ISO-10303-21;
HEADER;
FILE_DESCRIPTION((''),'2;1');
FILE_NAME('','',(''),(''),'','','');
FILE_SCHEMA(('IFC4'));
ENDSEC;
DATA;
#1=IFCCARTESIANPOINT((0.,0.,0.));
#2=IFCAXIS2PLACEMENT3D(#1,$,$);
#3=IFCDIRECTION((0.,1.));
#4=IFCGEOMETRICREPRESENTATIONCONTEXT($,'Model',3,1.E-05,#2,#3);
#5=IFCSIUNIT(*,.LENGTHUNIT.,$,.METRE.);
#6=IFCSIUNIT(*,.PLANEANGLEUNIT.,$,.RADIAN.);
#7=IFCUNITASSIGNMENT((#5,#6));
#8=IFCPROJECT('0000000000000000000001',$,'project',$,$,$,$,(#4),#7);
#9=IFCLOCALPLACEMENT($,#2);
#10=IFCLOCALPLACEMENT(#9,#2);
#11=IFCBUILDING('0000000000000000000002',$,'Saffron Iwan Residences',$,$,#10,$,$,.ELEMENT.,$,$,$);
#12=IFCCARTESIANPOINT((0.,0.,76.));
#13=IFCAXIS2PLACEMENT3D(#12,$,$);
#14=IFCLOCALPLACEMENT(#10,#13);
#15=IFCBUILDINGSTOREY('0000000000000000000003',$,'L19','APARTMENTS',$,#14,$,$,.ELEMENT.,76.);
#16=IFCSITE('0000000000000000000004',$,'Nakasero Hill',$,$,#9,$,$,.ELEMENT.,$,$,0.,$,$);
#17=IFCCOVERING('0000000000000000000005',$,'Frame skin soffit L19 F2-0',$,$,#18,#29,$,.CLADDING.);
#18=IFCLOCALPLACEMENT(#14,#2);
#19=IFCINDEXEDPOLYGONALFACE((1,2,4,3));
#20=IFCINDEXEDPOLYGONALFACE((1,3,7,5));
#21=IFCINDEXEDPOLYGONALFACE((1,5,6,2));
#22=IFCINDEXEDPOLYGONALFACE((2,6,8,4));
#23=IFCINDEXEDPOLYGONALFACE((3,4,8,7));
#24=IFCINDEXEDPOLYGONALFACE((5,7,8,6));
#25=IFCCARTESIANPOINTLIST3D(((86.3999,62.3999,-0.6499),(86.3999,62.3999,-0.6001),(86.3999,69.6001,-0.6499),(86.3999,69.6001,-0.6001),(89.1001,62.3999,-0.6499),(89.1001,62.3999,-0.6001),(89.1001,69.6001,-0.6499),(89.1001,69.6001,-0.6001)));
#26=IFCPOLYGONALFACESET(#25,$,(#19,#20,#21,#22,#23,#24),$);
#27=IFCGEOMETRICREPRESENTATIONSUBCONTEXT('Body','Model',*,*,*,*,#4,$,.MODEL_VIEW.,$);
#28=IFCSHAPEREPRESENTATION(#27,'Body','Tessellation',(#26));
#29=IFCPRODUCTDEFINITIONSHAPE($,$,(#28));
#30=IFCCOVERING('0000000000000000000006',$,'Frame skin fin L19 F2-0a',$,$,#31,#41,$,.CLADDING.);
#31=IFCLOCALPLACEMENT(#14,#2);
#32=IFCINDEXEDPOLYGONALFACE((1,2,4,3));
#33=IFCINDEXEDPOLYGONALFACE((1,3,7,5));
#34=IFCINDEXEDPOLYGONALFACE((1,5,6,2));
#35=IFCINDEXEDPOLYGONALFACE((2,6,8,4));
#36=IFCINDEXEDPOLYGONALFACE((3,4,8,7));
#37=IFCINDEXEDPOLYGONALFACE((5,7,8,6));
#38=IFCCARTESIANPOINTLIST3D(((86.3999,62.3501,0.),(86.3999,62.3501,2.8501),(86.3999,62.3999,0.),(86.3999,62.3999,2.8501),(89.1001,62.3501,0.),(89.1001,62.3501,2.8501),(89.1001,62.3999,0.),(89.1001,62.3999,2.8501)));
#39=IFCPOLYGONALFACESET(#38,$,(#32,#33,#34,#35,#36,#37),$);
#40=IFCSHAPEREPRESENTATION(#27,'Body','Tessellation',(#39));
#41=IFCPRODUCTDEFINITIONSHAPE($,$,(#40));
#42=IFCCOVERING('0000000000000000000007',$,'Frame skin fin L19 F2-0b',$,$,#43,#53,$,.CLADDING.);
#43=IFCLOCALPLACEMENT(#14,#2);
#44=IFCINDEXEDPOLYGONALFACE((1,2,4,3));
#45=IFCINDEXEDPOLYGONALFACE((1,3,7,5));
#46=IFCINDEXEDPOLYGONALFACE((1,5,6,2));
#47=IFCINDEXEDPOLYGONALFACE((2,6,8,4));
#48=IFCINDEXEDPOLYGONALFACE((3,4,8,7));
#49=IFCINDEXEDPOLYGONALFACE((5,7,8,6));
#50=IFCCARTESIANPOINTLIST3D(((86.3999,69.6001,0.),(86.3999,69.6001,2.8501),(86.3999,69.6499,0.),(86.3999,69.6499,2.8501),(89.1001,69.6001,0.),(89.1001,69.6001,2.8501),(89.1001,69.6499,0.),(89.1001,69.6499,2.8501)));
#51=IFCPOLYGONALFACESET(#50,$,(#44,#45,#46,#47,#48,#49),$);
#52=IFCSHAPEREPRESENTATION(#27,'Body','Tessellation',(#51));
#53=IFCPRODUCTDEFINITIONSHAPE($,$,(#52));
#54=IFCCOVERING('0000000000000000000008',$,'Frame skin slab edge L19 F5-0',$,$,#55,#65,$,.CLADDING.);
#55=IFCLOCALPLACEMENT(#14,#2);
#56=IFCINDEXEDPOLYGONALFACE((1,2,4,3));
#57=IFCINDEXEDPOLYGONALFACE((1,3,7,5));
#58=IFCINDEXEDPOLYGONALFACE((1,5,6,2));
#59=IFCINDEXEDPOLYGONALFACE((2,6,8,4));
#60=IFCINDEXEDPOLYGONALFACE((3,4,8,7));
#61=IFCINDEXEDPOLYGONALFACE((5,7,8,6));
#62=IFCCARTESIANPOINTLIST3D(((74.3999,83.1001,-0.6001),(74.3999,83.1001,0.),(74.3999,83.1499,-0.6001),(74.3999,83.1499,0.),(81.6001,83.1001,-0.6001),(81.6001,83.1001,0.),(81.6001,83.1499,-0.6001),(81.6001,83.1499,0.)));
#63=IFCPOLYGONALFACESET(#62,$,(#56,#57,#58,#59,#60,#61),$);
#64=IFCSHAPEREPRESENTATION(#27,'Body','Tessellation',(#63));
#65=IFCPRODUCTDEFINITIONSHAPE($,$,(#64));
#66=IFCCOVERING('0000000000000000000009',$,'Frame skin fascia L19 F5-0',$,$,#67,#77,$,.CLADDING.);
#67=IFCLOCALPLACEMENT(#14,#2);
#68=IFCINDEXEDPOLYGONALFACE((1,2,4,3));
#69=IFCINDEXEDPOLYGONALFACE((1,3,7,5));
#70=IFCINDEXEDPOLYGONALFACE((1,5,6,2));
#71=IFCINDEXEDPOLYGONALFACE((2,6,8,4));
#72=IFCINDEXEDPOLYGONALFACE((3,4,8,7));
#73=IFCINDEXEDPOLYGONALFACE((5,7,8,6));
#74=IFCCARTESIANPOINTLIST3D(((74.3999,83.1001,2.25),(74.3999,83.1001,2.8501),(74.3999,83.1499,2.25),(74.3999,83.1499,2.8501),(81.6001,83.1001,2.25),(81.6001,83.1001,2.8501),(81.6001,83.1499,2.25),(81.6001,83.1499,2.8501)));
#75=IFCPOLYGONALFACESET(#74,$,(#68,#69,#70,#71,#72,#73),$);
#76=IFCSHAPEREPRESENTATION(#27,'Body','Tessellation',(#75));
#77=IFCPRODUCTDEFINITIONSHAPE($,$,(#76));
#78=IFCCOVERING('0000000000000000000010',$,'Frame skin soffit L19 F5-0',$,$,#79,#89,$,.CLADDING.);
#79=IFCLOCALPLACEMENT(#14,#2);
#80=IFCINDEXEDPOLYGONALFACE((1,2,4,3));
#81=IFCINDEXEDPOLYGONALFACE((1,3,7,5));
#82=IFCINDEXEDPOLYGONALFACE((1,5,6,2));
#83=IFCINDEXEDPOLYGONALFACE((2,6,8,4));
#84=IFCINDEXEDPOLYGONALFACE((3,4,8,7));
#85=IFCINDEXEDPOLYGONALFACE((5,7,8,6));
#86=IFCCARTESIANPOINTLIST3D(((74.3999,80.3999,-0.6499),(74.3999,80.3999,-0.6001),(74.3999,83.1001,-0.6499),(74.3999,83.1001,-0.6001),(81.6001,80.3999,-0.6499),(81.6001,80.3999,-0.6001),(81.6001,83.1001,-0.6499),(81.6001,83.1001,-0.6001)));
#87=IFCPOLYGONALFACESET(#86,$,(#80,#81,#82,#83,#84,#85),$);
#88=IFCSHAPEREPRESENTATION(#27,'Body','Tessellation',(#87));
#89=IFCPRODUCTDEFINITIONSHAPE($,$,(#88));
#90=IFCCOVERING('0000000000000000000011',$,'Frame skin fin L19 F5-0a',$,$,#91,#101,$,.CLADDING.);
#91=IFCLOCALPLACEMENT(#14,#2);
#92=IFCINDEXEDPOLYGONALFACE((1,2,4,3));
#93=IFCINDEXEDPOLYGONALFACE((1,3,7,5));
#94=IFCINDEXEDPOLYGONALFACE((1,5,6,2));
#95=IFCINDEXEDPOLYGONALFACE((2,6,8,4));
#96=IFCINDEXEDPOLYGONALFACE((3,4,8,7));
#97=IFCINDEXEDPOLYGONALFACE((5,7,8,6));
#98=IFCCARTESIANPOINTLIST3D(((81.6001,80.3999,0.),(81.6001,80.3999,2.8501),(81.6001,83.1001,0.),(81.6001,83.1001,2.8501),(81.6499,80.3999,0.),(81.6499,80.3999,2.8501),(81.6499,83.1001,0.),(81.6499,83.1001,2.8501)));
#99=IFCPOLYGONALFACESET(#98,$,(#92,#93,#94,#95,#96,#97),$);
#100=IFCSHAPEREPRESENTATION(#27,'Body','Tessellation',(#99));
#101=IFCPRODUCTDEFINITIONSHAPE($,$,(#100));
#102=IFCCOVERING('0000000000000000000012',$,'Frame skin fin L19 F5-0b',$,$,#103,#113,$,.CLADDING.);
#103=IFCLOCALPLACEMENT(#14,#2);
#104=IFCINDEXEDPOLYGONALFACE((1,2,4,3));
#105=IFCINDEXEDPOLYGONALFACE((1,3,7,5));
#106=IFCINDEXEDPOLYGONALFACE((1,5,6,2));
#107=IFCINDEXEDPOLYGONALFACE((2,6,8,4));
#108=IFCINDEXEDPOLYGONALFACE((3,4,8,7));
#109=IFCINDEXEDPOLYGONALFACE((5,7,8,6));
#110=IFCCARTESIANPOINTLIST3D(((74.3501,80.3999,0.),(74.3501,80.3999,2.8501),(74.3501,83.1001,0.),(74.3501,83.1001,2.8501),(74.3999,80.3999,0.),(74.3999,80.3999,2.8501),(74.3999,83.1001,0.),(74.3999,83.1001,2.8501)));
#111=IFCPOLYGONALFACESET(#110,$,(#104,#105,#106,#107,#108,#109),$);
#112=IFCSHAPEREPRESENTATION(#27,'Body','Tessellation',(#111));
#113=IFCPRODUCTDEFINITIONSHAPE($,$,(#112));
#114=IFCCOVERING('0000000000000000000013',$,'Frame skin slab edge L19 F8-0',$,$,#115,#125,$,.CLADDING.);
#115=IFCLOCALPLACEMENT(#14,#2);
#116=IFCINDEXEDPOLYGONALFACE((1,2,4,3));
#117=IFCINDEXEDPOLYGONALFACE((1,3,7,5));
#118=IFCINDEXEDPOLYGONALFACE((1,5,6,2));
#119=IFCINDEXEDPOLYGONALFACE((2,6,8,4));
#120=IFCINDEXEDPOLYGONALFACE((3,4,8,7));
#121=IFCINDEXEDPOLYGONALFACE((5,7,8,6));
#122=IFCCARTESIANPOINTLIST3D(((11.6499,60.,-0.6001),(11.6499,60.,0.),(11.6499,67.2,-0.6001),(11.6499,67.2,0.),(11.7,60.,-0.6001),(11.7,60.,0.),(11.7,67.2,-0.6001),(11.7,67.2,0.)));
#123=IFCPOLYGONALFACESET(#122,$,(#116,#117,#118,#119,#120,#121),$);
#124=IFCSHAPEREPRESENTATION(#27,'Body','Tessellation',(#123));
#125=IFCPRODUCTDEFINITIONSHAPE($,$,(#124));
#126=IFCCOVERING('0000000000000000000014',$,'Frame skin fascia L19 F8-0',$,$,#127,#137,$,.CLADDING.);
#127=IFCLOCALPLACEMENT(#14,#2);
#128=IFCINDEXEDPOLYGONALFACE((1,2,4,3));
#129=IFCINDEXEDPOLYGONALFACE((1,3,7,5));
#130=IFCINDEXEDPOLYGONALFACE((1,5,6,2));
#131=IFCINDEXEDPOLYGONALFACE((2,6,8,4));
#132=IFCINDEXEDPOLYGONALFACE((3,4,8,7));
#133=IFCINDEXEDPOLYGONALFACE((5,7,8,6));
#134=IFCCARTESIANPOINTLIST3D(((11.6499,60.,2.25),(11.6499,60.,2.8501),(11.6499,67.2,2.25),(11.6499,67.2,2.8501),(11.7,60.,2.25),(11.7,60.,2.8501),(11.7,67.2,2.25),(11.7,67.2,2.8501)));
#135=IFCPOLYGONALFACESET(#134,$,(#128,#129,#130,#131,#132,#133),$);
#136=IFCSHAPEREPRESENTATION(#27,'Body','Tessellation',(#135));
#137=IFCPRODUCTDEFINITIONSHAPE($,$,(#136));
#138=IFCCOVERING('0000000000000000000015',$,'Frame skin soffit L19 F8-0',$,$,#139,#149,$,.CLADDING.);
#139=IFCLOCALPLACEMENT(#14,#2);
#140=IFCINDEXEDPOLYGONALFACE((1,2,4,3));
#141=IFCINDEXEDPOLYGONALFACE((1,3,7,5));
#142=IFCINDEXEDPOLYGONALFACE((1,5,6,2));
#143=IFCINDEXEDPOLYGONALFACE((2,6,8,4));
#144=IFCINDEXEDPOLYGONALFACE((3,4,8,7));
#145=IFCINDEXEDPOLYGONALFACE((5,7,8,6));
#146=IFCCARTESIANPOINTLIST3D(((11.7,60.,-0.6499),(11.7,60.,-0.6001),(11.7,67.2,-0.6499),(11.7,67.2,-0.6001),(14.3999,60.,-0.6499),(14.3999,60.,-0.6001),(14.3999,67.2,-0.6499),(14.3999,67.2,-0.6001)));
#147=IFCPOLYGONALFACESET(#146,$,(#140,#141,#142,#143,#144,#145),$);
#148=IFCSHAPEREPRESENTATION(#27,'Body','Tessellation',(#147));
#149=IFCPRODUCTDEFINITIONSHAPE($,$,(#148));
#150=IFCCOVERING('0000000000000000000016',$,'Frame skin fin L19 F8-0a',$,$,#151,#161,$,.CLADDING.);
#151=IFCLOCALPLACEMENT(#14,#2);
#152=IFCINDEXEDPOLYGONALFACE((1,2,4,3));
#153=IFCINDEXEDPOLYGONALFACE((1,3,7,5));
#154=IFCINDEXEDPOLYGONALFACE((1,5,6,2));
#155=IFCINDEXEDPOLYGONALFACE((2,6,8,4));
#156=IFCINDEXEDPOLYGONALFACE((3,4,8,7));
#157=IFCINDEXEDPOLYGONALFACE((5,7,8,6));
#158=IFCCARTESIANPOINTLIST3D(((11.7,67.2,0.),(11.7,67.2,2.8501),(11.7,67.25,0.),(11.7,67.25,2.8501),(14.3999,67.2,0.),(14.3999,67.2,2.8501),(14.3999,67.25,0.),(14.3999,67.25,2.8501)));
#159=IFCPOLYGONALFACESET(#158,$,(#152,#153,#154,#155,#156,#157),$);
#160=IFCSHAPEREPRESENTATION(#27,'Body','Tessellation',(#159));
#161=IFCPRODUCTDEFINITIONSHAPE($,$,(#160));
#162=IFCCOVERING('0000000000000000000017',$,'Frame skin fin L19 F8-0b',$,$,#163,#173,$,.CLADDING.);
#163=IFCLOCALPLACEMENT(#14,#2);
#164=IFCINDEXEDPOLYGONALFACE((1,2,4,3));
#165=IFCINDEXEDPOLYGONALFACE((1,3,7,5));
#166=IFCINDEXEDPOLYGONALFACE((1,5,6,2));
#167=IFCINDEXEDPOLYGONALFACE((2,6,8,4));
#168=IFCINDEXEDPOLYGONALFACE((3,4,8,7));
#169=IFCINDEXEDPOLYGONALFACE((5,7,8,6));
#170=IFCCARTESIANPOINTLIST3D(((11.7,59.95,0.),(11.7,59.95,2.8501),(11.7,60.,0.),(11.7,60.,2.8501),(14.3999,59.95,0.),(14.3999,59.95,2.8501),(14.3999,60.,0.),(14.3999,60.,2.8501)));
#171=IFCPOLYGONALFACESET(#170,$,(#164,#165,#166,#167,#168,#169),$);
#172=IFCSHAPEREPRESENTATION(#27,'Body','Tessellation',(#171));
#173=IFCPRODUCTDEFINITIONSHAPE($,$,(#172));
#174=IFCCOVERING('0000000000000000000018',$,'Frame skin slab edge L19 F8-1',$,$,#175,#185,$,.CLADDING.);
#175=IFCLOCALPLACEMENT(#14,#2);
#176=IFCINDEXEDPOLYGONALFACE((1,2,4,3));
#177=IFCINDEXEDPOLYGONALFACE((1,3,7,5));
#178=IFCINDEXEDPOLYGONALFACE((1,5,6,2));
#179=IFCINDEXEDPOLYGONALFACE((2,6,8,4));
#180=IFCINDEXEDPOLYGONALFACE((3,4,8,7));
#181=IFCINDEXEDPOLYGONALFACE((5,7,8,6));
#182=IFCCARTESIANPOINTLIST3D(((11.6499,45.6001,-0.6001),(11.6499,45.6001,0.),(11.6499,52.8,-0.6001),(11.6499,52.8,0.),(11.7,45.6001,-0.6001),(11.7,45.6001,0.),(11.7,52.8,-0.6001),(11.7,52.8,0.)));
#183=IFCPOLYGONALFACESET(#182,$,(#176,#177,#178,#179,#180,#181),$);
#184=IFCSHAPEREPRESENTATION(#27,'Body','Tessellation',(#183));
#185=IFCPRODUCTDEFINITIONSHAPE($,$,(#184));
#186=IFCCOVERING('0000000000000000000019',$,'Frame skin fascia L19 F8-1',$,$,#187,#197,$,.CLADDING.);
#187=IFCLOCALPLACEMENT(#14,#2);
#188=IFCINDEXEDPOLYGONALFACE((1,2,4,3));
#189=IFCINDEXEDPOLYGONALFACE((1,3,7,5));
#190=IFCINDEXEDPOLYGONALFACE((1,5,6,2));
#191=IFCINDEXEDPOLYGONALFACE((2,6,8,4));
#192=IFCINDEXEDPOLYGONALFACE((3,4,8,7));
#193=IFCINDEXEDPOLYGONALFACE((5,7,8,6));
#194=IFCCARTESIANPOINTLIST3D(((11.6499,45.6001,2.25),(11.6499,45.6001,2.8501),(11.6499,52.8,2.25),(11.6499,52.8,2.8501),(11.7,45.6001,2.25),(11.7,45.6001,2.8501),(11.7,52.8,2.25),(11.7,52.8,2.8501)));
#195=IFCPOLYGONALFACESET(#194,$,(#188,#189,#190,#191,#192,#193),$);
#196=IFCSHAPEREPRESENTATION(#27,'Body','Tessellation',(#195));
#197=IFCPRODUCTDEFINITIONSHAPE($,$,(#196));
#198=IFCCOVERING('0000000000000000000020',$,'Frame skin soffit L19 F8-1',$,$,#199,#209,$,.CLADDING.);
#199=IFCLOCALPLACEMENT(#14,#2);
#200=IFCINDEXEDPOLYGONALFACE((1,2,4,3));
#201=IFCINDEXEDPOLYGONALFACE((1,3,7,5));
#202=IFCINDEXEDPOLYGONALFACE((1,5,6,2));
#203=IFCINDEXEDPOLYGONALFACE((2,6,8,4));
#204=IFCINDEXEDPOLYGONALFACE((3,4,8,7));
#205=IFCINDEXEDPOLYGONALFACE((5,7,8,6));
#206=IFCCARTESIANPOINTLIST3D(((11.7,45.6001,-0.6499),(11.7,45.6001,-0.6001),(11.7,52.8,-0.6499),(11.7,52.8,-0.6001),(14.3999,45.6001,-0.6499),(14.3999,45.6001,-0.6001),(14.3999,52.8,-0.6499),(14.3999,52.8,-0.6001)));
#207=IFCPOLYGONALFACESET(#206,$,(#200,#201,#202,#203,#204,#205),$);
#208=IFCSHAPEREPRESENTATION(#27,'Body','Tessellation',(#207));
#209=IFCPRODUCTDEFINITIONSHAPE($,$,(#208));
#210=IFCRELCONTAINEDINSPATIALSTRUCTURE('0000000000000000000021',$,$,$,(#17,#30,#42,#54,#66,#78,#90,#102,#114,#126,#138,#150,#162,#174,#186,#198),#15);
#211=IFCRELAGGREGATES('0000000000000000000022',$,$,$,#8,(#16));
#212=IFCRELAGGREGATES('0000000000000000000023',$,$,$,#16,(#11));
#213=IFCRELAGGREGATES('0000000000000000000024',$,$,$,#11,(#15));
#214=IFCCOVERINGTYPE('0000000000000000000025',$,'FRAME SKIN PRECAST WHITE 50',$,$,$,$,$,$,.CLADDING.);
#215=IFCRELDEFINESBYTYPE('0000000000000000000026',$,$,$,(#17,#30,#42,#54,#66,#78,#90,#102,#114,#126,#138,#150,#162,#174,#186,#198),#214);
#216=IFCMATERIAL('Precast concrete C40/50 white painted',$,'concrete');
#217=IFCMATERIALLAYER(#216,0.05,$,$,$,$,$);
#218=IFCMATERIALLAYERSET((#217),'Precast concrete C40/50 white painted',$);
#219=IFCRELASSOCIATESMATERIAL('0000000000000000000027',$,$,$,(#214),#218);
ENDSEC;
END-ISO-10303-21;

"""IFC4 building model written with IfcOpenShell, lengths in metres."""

from ifc_helpers import new_model, si_unit, direction, frame, origin, place, context, subcontext, project, spatial, polyline, outline, extrude, material, layer, layer_set, type_object, element, save


model = new_model("IFC4")

# Units and contexts
model_context = context("Model", 3, precision=1e-05, world=origin(), true_north=direction((0.0, 1.0)))
body_context = subcontext(model_context, "Body", "Model", "MODEL_VIEW")
ifc_project = project(units=[si_unit("LENGTHUNIT", "METRE"), si_unit("PLANEANGLEUNIT", "RADIAN")], contexts=[model_context])

# Site, building, storey
site_placement = place(None, origin())
site = spatial("IfcSite", under=ifc_project, at=site_placement, Name="Nakasero Hill", CompositionType="ELEMENT", RefElevation=0.0)
building_placement = place(site_placement, origin())
building = spatial("IfcBuilding", under=site, at=building_placement, Name="Saffron Iwan Residences", CompositionType="ELEMENT")
storey_placement = place(building_placement, frame((0.0, 0.0, 76.0)))
storey = spatial("IfcBuildingStorey", under=building, at=storey_placement, Name="L19", Description="APARTMENTS", CompositionType="ELEMENT", Elevation=76.0)

# Coverings
ifc_material_1 = material(Name="Precast concrete C40/50 white painted", Category="concrete")
ifc_layer_1 = layer(ifc_material_1, 0.05)
ifc_layer_set_1 = layer_set([ifc_layer_1], Name="Precast concrete C40/50 white painted")
covering_type_1 = type_object("IfcCoveringType", Name="FRAME SKIN PRECAST WHITE 50", PredefinedType="CLADDING", material=ifc_layer_set_1)
covering_1_placement = place(storey_placement, frame((0.0, 0.0, -0.6499)))
element("IfcCovering", 1, at=covering_1_placement, inside=storey, type_object=covering_type_1, Name="Frame skin soffit L19 F2-0", PredefinedType="CLADDING", context=body_context, shape_type="SweptSolid", body=[
    extrude(outline(polyline([(89.1001, 62.3999), (89.1001, 69.6001), (86.3999, 69.6001), (86.3999, 62.3999), (89.1001, 62.3999)])), origin(), (0.0, 0.0, 1.0), 0.0498),
])
covering_2_placement = place(storey_placement, origin())
element("IfcCovering", 2, at=covering_2_placement, inside=storey, type_object=covering_type_1, Name="Frame skin fin L19 F2-0a", PredefinedType="CLADDING", context=body_context, shape_type="SweptSolid", body=[
    extrude(outline(polyline([(89.1001, 62.3501), (89.1001, 62.3999), (86.3999, 62.3999), (86.3999, 62.3501), (89.1001, 62.3501)])), origin(), (0.0, 0.0, 1.0), 2.8501),
])
covering_3_placement = place(storey_placement, origin())
element("IfcCovering", 3, at=covering_3_placement, inside=storey, type_object=covering_type_1, Name="Frame skin fin L19 F2-0b", PredefinedType="CLADDING", context=body_context, shape_type="SweptSolid", body=[
    extrude(outline(polyline([(89.1001, 69.6001), (89.1001, 69.6499), (86.3999, 69.6499), (86.3999, 69.6001), (89.1001, 69.6001)])), origin(), (0.0, 0.0, 1.0), 2.8501),
])
for number, where, name in (
    (4, (0.0, 0.0, -0.6001), "Frame skin slab edge L19 F5-0"),
    (5, (0.0, 0.0, 2.25), "Frame skin fascia L19 F5-0"),
):
    element("IfcCovering", number, at=place(storey_placement, frame(where)), inside=storey, type_object=covering_type_1, Name=name, PredefinedType="CLADDING", context=body_context, shape_type="SweptSolid", body=[
        extrude(outline(polyline([(81.6001, 83.1499), (74.3999, 83.1499), (74.3999, 83.1001), (81.6001, 83.1001), (81.6001, 83.1499)])), origin(), (0.0, 0.0, 1.0), 0.6001),
    ])
covering_4_placement = place(storey_placement, frame((0.0, 0.0, -0.6499)))
element("IfcCovering", 6, at=covering_4_placement, inside=storey, type_object=covering_type_1, Name="Frame skin soffit L19 F5-0", PredefinedType="CLADDING", context=body_context, shape_type="SweptSolid", body=[
    extrude(outline(polyline([(81.6001, 83.1001), (74.3999, 83.1001), (74.3999, 80.3999), (81.6001, 80.3999), (81.6001, 83.1001)])), origin(), (0.0, 0.0, 1.0), 0.0498),
])
covering_5_placement = place(storey_placement, origin())
element("IfcCovering", 7, at=covering_5_placement, inside=storey, type_object=covering_type_1, Name="Frame skin fin L19 F5-0a", PredefinedType="CLADDING", context=body_context, shape_type="SweptSolid", body=[
    extrude(outline(polyline([(81.6499, 83.1001), (81.6001, 83.1001), (81.6001, 80.3999), (81.6499, 80.3999), (81.6499, 83.1001)])), origin(), (0.0, 0.0, 1.0), 2.8501),
])
covering_6_placement = place(storey_placement, origin())
element("IfcCovering", 8, at=covering_6_placement, inside=storey, type_object=covering_type_1, Name="Frame skin fin L19 F5-0b", PredefinedType="CLADDING", context=body_context, shape_type="SweptSolid", body=[
    extrude(outline(polyline([(74.3999, 83.1001), (74.3501, 83.1001), (74.3501, 80.3999), (74.3999, 80.3999), (74.3999, 83.1001)])), origin(), (0.0, 0.0, 1.0), 2.8501),
])
for number, where, name in (
    (9, (0.0, 0.0, -0.6001), "Frame skin slab edge L19 F8-0"),
    (10, (0.0, 0.0, 2.25), "Frame skin fascia L19 F8-0"),
):
    element("IfcCovering", number, at=place(storey_placement, frame(where)), inside=storey, type_object=covering_type_1, Name=name, PredefinedType="CLADDING", context=body_context, shape_type="SweptSolid", body=[
        extrude(outline(polyline([(11.6499, 67.2), (11.6499, 60.0), (11.7, 60.0), (11.7, 67.2), (11.6499, 67.2)])), origin(), (0.0, 0.0, 1.0), 0.6001),
    ])
covering_7_placement = place(storey_placement, frame((0.0, 0.0, -0.6499)))
element("IfcCovering", 11, at=covering_7_placement, inside=storey, type_object=covering_type_1, Name="Frame skin soffit L19 F8-0", PredefinedType="CLADDING", context=body_context, shape_type="SweptSolid", body=[
    extrude(outline(polyline([(11.7, 67.2), (11.7, 60.0), (14.3999, 60.0), (14.3999, 67.2), (11.7, 67.2)])), origin(), (0.0, 0.0, 1.0), 0.0498),
])
covering_8_placement = place(storey_placement, origin())
element("IfcCovering", 12, at=covering_8_placement, inside=storey, type_object=covering_type_1, Name="Frame skin fin L19 F8-0a", PredefinedType="CLADDING", context=body_context, shape_type="SweptSolid", body=[
    extrude(outline(polyline([(11.7, 67.25), (11.7, 67.2), (14.3999, 67.2), (14.3999, 67.25), (11.7, 67.25)])), origin(), (0.0, 0.0, 1.0), 2.8501),
])
covering_9_placement = place(storey_placement, origin())
element("IfcCovering", 13, at=covering_9_placement, inside=storey, type_object=covering_type_1, Name="Frame skin fin L19 F8-0b", PredefinedType="CLADDING", context=body_context, shape_type="SweptSolid", body=[
    extrude(outline(polyline([(11.7, 60.0), (11.7, 59.95), (14.3999, 59.95), (14.3999, 60.0), (11.7, 60.0)])), origin(), (0.0, 0.0, 1.0), 2.8501),
])
for number, where, name in (
    (14, (0.0, 0.0, -0.6001), "Frame skin slab edge L19 F8-1"),
    (15, (0.0, 0.0, 2.25), "Frame skin fascia L19 F8-1"),
):
    element("IfcCovering", number, at=place(storey_placement, frame(where)), inside=storey, type_object=covering_type_1, Name=name, PredefinedType="CLADDING", context=body_context, shape_type="SweptSolid", body=[
        extrude(outline(polyline([(11.6499, 52.8), (11.6499, 45.6001), (11.7, 45.6001), (11.7, 52.8), (11.6499, 52.8)])), origin(), (0.0, 0.0, 1.0), 0.6001),
    ])
covering_10_placement = place(storey_placement, frame((0.0, 0.0, -0.6499)))
element("IfcCovering", 16, at=covering_10_placement, inside=storey, type_object=covering_type_1, Name="Frame skin soffit L19 F8-1", PredefinedType="CLADDING", context=body_context, shape_type="SweptSolid", body=[
    extrude(outline(polyline([(11.7, 52.8), (11.7, 45.6001), (14.3999, 45.6001), (14.3999, 52.8), (11.7, 52.8)])), origin(), (0.0, 0.0, 1.0), 0.0498),
])

save(model, "model.ifc")
